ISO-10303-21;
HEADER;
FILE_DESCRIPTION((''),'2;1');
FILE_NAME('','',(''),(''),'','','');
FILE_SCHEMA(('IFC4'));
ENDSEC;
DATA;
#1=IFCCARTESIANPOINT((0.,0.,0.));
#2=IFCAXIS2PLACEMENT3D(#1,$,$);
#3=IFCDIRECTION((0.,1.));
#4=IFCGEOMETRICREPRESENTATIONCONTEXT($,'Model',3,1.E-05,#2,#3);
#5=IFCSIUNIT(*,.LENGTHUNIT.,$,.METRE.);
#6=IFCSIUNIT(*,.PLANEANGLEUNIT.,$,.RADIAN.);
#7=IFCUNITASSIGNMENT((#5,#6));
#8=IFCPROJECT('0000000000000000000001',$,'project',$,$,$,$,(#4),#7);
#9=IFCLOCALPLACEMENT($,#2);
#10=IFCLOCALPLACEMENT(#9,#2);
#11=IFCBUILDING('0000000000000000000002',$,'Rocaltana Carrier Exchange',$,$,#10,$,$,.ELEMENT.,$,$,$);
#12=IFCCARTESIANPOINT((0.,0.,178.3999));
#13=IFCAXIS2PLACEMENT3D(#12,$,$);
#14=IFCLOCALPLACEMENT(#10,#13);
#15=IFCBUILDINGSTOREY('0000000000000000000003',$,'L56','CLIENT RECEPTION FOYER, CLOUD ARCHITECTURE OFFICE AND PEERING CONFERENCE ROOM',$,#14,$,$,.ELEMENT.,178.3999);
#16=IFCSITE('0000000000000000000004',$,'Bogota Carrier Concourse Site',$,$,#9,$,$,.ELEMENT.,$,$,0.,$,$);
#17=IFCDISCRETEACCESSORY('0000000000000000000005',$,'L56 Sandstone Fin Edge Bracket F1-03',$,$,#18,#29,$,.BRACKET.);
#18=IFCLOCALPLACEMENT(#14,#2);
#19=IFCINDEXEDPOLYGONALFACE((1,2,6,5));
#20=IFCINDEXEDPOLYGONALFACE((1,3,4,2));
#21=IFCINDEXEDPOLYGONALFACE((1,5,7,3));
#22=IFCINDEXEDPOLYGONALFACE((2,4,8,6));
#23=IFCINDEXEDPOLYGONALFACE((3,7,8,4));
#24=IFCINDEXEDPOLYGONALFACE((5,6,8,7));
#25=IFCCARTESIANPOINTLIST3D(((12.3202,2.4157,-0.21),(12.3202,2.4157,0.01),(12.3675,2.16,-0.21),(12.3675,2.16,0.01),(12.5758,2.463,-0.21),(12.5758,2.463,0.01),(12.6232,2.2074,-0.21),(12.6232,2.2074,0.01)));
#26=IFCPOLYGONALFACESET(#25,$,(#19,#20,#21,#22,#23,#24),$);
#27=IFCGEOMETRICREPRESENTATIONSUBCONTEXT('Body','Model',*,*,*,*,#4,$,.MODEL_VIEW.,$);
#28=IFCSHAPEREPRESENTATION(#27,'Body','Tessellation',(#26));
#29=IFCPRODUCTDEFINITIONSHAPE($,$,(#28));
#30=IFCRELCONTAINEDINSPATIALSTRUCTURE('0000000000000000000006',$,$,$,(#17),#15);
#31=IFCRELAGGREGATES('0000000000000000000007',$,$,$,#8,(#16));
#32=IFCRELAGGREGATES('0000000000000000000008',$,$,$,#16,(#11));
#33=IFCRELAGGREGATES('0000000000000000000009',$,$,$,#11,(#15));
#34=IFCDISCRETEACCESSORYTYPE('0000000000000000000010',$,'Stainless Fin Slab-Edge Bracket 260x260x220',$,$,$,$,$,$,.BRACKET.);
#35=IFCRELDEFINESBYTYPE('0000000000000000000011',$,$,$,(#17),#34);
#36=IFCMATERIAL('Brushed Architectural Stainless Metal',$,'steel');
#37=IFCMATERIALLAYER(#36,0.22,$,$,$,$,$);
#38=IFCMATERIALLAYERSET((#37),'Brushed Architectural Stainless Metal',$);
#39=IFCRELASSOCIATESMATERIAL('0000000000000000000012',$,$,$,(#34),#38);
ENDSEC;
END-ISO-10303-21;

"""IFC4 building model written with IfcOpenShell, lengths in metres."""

from ifc_helpers import new_model, si_unit, direction, frame, origin, origin_2d, place, context, subcontext, project, spatial, rectangle, extrude, material, layer, layer_set, type_object, element, save


model = new_model("IFC4")

# Units and contexts
model_context = context("Model", 3, precision=1e-05, world=origin(), true_north=direction((0.0, 1.0)))
body_context = subcontext(model_context, "Body", "Model", "MODEL_VIEW")
ifc_project = project(units=[si_unit("LENGTHUNIT", "METRE"), si_unit("PLANEANGLEUNIT", "RADIAN")], contexts=[model_context])

# Site, building, storey
site_placement = place(None, origin())
site = spatial("IfcSite", under=ifc_project, at=site_placement, Name="Bogota Carrier Concourse Site", CompositionType="ELEMENT", RefElevation=0.0)
building_placement = place(site_placement, origin())
building = spatial("IfcBuilding", under=site, at=building_placement, Name="Rocaltana Carrier Exchange", CompositionType="ELEMENT")
storey_placement = place(building_placement, frame((0.0, 0.0, 178.3999)))
storey = spatial("IfcBuildingStorey", under=building, at=storey_placement, Name="L56", Description="CLIENT RECEPTION FOYER, CLOUD ARCHITECTURE OFFICE AND PEERING CONFERENCE ROOM", CompositionType="ELEMENT", Elevation=178.3999)

# Discrete accessory
ifc_material_1 = material(Name="Brushed Architectural Stainless Metal", Category="steel")
ifc_layer_1 = layer(ifc_material_1, 0.22)
ifc_layer_set_1 = layer_set([ifc_layer_1], Name="Brushed Architectural Stainless Metal")
discrete_accessory_type = type_object("IfcDiscreteAccessoryType", Name="Stainless Fin Slab-Edge Bracket 260x260x220", PredefinedType="BRACKET", material=ifc_layer_set_1)
discrete_accessory_placement = place(storey_placement, frame((12.4717, 2.3115, -0.21), z_axis=(0.0, 0.0, 1.0), x_axis=(-0.182236, 0.983255, 0.0)))
element("IfcDiscreteAccessory", 1, at=discrete_accessory_placement, inside=storey, type_object=discrete_accessory_type, Name="L56 Sandstone Fin Edge Bracket F1-03", PredefinedType="BRACKET", context=body_context, shape_type="SweptSolid", body=[
    extrude(rectangle(XDim=0.26, YDim=0.26, at=origin_2d()), origin(), (0.0, 0.0, 1.0), 0.22),
])

save(model, "model.ifc")
